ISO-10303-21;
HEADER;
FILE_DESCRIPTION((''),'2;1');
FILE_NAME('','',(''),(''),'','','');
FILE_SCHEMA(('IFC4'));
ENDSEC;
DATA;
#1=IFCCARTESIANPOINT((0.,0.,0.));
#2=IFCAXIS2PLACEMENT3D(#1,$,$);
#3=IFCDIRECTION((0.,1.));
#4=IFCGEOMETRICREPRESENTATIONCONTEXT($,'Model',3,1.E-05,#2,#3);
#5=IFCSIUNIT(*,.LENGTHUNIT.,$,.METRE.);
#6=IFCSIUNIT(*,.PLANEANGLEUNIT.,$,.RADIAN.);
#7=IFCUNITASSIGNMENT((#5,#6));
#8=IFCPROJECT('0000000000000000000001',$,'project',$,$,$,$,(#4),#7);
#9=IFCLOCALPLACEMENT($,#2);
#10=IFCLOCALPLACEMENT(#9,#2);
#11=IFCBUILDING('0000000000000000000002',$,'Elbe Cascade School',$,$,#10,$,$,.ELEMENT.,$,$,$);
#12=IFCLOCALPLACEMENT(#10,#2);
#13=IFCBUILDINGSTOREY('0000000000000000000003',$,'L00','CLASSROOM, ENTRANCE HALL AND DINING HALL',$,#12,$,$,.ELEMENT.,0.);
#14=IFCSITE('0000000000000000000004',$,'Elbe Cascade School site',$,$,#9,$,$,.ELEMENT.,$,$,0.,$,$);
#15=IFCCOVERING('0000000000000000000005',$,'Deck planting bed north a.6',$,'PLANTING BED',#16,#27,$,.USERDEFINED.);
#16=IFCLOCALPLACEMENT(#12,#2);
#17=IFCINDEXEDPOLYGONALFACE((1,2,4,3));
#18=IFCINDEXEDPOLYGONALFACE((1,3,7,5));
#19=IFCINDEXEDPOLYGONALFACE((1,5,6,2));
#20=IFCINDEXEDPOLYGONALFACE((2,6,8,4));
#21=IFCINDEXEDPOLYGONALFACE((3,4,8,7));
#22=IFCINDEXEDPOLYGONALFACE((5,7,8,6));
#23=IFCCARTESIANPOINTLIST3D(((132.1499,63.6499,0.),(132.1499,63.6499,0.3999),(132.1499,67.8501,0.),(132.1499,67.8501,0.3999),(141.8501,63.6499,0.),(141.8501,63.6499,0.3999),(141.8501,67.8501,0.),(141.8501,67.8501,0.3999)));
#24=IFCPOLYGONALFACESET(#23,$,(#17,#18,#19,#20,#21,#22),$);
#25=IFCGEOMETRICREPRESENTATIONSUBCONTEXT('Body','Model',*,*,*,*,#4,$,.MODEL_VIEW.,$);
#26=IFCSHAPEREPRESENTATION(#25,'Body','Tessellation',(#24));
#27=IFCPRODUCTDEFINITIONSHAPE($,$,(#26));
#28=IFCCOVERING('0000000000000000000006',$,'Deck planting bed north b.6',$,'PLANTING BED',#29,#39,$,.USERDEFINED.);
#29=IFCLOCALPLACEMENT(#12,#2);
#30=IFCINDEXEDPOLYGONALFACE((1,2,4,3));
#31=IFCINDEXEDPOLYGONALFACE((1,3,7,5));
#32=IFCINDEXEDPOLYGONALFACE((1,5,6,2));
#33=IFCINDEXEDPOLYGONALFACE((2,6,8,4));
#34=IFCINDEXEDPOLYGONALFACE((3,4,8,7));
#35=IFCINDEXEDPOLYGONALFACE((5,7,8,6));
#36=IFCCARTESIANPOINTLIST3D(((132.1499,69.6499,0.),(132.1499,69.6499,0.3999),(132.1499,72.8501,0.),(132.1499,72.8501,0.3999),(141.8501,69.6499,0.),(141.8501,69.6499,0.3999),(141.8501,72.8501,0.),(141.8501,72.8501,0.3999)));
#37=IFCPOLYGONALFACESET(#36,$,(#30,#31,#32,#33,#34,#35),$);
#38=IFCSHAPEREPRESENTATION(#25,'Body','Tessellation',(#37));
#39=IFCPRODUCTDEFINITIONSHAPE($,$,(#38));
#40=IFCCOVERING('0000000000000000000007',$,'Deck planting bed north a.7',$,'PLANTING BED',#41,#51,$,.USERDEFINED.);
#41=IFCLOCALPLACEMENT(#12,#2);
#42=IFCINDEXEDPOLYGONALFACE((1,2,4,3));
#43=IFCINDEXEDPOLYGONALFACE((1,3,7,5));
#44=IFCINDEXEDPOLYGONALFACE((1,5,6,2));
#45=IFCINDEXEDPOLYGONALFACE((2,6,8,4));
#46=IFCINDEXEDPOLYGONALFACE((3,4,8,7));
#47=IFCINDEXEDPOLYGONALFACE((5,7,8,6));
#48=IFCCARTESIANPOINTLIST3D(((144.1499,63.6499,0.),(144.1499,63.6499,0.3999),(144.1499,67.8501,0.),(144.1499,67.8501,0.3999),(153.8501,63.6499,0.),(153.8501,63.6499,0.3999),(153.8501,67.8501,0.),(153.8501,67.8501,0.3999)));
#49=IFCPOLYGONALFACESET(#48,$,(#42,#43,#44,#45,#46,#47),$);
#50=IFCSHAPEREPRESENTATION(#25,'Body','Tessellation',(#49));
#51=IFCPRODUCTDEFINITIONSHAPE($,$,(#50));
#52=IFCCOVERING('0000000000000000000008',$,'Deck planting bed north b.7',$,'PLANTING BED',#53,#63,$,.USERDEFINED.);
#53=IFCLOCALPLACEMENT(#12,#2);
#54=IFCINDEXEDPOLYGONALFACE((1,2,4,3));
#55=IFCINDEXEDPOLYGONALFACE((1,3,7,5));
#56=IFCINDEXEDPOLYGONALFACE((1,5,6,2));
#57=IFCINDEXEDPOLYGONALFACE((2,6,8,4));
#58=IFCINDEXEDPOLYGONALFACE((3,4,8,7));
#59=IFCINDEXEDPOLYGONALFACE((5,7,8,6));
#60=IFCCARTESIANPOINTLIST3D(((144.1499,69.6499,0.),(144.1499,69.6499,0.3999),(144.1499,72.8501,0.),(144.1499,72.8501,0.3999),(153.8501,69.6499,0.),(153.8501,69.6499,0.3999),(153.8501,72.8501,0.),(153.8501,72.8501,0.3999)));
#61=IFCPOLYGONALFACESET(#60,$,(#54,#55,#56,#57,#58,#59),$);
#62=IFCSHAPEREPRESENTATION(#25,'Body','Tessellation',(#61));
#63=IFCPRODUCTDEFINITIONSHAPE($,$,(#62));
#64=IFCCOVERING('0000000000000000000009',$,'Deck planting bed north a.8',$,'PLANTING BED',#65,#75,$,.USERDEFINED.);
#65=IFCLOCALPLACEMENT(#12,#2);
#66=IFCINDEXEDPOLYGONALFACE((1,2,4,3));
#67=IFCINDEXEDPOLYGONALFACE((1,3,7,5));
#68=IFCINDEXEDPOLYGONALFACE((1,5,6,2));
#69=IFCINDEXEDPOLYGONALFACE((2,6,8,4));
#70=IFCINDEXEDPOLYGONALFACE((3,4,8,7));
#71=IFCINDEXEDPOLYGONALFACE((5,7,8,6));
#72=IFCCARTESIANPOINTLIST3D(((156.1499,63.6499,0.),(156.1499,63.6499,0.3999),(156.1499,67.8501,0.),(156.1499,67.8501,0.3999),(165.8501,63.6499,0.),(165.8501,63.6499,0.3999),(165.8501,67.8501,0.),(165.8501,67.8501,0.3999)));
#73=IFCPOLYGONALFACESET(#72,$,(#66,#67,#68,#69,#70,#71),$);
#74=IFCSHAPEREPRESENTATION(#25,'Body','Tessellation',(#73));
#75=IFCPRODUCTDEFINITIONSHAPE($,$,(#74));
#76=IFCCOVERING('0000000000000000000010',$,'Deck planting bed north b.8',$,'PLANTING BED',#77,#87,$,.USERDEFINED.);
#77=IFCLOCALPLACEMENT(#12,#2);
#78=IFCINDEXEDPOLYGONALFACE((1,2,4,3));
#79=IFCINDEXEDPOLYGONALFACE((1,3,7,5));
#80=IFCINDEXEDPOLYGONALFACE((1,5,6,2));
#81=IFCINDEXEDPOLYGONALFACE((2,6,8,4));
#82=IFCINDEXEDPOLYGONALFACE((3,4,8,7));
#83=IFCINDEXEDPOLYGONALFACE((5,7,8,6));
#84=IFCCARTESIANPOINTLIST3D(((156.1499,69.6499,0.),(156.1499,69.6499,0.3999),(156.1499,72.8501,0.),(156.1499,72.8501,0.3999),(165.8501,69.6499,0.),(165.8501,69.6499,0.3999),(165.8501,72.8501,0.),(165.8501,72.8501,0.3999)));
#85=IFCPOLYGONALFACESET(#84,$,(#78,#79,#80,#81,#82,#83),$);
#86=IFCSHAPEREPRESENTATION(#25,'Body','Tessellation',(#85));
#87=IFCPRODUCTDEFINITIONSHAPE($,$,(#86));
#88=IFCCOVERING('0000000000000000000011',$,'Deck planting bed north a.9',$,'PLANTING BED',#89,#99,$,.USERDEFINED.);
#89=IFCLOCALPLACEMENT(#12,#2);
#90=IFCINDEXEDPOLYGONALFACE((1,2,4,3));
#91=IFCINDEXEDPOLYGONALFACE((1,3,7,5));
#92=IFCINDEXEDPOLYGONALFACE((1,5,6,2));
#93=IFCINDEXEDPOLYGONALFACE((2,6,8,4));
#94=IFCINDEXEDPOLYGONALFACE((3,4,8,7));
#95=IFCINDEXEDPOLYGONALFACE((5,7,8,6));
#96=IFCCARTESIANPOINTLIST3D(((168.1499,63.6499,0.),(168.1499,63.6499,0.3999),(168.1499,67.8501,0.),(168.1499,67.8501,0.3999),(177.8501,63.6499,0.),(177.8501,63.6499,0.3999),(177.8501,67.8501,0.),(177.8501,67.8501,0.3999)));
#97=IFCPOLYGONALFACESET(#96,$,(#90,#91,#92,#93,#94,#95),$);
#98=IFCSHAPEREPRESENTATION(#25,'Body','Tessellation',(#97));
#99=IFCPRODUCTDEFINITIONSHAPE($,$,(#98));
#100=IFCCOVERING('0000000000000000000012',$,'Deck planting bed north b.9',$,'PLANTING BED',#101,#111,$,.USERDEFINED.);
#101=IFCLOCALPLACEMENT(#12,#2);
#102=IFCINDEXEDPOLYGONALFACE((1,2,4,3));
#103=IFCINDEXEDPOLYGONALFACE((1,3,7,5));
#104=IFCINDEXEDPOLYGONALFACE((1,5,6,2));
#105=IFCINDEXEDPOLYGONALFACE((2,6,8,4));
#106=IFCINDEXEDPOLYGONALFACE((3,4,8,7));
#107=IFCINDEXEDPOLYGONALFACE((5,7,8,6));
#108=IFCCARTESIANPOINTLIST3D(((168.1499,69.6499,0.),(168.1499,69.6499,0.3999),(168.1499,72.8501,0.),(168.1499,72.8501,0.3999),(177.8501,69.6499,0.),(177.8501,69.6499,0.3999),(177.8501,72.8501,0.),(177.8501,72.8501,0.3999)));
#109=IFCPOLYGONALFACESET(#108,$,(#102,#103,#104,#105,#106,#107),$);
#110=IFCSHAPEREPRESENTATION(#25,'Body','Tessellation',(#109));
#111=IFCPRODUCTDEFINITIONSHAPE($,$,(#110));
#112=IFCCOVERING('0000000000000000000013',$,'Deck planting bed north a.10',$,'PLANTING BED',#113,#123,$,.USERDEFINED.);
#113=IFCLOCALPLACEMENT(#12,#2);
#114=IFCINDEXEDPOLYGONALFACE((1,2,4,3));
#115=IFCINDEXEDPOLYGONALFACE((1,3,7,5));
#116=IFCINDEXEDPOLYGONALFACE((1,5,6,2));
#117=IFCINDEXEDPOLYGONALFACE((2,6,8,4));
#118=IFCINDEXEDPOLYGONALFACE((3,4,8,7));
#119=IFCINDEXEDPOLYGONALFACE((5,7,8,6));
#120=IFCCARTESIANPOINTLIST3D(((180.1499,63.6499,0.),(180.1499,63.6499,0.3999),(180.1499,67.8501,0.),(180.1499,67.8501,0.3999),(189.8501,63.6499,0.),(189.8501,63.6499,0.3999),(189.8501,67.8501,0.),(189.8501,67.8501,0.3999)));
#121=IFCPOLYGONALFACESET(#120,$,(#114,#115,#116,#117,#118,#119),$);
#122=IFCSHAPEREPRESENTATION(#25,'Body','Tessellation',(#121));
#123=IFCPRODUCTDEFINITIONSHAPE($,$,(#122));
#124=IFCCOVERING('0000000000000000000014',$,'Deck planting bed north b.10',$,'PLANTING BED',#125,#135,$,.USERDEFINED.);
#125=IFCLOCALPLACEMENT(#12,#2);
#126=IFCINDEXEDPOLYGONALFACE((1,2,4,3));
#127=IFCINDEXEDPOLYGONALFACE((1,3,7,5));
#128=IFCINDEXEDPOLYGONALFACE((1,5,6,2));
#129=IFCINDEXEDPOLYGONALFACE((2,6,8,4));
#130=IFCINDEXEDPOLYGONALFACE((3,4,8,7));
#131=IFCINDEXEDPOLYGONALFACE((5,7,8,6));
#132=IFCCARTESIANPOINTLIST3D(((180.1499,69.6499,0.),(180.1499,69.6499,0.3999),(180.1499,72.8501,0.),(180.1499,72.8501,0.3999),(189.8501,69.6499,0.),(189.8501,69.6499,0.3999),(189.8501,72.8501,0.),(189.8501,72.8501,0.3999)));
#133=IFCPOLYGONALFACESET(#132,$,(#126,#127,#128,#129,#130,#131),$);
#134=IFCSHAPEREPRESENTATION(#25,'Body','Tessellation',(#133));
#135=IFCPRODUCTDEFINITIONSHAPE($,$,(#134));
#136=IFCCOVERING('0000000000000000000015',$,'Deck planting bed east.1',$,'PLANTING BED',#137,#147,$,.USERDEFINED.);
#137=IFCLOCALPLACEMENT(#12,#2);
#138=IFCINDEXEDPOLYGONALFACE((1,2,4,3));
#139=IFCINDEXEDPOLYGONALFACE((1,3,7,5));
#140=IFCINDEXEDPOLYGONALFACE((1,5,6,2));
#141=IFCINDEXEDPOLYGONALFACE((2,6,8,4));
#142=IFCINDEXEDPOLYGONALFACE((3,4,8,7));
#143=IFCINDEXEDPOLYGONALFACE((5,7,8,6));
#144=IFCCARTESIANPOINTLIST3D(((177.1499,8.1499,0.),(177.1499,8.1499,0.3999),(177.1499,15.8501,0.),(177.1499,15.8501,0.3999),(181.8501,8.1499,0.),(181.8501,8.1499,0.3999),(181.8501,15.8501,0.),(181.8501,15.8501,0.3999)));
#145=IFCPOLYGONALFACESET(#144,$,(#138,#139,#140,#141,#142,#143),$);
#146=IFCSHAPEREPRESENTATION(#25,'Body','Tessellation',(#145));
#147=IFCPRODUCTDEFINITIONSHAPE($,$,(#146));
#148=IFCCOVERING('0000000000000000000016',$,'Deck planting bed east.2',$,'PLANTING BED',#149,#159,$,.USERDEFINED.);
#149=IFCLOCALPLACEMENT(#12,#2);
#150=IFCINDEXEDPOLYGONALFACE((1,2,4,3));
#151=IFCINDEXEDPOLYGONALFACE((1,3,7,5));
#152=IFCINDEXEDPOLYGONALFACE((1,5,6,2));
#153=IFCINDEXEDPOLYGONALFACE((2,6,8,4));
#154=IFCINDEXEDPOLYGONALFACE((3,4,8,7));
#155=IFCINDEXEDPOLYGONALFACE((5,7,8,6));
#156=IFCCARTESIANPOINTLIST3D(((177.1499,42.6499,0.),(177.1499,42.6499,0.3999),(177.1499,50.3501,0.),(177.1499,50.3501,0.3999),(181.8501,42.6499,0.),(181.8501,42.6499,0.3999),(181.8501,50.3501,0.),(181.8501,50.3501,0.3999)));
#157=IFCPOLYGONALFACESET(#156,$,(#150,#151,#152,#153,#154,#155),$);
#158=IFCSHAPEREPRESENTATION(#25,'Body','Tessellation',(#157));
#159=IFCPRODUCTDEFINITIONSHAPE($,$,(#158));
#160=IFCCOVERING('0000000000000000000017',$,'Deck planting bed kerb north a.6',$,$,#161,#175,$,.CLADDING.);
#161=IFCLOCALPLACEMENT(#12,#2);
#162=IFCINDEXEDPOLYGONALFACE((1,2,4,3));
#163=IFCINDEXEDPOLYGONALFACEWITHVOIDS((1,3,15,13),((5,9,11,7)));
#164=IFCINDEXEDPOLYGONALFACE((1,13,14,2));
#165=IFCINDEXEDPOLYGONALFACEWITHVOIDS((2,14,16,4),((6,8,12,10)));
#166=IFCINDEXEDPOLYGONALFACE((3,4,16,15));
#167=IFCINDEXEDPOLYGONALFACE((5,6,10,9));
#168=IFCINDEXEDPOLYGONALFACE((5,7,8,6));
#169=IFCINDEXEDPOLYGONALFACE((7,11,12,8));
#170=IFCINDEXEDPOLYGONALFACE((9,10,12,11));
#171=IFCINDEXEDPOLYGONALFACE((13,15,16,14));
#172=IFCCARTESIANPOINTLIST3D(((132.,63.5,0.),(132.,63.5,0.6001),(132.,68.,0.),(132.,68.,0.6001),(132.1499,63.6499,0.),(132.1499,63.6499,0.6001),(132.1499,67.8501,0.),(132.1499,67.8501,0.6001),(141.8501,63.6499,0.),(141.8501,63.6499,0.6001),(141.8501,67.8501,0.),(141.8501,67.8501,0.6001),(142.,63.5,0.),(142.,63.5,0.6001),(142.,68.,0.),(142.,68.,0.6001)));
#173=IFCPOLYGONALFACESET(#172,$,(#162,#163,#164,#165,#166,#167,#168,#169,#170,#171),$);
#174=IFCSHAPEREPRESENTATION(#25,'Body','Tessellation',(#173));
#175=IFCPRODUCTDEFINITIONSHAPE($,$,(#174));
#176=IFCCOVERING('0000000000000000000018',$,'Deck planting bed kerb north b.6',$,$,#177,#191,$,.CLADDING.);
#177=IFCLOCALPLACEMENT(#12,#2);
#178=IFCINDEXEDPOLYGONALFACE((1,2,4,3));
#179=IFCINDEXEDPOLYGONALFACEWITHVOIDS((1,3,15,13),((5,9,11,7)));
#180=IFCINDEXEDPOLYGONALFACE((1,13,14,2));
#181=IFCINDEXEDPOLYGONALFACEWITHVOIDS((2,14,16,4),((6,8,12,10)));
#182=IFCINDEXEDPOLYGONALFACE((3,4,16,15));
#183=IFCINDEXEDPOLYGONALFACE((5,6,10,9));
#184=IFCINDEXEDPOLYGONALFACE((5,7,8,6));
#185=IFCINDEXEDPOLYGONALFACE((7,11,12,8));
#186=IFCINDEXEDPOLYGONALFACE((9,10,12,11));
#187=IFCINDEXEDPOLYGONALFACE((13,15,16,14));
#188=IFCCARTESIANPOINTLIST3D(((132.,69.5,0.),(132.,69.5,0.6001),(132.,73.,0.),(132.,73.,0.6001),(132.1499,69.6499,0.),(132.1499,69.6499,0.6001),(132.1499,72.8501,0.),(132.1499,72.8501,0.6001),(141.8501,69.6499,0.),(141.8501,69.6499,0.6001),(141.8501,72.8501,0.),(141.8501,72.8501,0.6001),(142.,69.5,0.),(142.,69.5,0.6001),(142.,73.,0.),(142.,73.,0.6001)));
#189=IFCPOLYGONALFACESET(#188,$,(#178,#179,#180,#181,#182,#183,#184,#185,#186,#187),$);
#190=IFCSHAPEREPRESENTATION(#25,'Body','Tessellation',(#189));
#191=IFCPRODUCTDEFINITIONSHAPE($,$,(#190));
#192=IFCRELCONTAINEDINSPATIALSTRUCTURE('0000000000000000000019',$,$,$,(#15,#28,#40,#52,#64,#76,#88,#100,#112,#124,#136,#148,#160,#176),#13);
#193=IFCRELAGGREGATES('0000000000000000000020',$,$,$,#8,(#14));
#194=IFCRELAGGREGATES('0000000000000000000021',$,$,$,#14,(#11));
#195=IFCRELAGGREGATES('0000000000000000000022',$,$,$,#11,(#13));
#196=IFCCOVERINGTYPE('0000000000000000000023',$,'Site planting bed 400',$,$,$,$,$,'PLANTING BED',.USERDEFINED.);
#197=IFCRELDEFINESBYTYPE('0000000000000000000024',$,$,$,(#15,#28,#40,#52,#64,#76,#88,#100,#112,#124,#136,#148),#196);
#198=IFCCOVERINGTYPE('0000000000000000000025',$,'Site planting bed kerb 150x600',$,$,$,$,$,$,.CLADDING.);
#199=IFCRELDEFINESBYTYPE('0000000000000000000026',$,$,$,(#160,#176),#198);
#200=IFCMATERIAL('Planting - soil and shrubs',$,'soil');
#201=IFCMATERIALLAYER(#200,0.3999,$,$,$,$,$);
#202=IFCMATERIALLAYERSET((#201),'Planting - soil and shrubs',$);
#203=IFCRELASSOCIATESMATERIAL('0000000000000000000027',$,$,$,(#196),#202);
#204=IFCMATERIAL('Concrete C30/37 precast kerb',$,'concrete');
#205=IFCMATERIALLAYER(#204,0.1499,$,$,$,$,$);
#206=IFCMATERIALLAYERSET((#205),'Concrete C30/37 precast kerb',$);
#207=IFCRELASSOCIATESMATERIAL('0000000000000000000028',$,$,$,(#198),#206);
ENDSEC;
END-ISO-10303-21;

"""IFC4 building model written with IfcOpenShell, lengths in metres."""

from ifc_helpers import new_model, si_unit, direction, origin, place, context, subcontext, project, spatial, polyline, outline, extrude, material, layer, layer_set, type_object, element, save


model = new_model("IFC4")

# Units and contexts
model_context = context("Model", 3, precision=1e-05, world=origin(), true_north=direction((0.0, 1.0)))
body_context = subcontext(model_context, "Body", "Model", "MODEL_VIEW")
ifc_project = project(units=[si_unit("LENGTHUNIT", "METRE"), si_unit("PLANEANGLEUNIT", "RADIAN")], contexts=[model_context])

# Site, building, storey
site_placement = place(None, origin())
site = spatial("IfcSite", under=ifc_project, at=site_placement, Name="Elbe Cascade School site", CompositionType="ELEMENT", RefElevation=0.0)
building_placement = place(site_placement, origin())
building = spatial("IfcBuilding", under=site, at=building_placement, Name="Elbe Cascade School", CompositionType="ELEMENT")
storey_placement = place(building_placement, origin())
storey = spatial("IfcBuildingStorey", under=building, at=storey_placement, Name="L00", Description="CLASSROOM, ENTRANCE HALL AND DINING HALL", CompositionType="ELEMENT", Elevation=0.0)

# Coverings
ifc_material_1 = material(Name="Planting - soil and shrubs", Category="soil")
ifc_layer_1 = layer(ifc_material_1, 0.3999)
ifc_layer_set_1 = layer_set([ifc_layer_1], Name="Planting - soil and shrubs")
covering_type_1 = type_object("IfcCoveringType", Name="Site planting bed 400", ElementType="PLANTING BED", PredefinedType="USERDEFINED", material=ifc_layer_set_1)
covering_1_placement = place(storey_placement, origin())
element("IfcCovering", 1, at=covering_1_placement, inside=storey, type_object=covering_type_1, Name="Deck planting bed north a.6", ObjectType="PLANTING BED", PredefinedType="USERDEFINED", context=body_context, shape_type="SweptSolid", body=[
    extrude(outline(polyline([(132.1499, 63.6499), (141.8501, 63.6499), (141.8501, 67.8501), (132.1499, 67.8501), (132.1499, 63.6499)])), origin(), (0.0, 0.0, 1.0), 0.3999),
])
covering_2_placement = place(storey_placement, origin())
element("IfcCovering", 2, at=covering_2_placement, inside=storey, type_object=covering_type_1, Name="Deck planting bed north b.6", ObjectType="PLANTING BED", PredefinedType="USERDEFINED", context=body_context, shape_type="SweptSolid", body=[
    extrude(outline(polyline([(132.1499, 69.6499), (141.8501, 69.6499), (141.8501, 72.8501), (132.1499, 72.8501), (132.1499, 69.6499)])), origin(), (0.0, 0.0, 1.0), 0.3999),
])
covering_3_placement = place(storey_placement, origin())
element("IfcCovering", 3, at=covering_3_placement, inside=storey, type_object=covering_type_1, Name="Deck planting bed north a.7", ObjectType="PLANTING BED", PredefinedType="USERDEFINED", context=body_context, shape_type="SweptSolid", body=[
    extrude(outline(polyline([(144.1499, 63.6499), (153.8501, 63.6499), (153.8501, 67.8501), (144.1499, 67.8501), (144.1499, 63.6499)])), origin(), (0.0, 0.0, 1.0), 0.3999),
])
covering_4_placement = place(storey_placement, origin())
element("IfcCovering", 4, at=covering_4_placement, inside=storey, type_object=covering_type_1, Name="Deck planting bed north b.7", ObjectType="PLANTING BED", PredefinedType="USERDEFINED", context=body_context, shape_type="SweptSolid", body=[
    extrude(outline(polyline([(144.1499, 69.6499), (153.8501, 69.6499), (153.8501, 72.8501), (144.1499, 72.8501), (144.1499, 69.6499)])), origin(), (0.0, 0.0, 1.0), 0.3999),
])
covering_5_placement = place(storey_placement, origin())
element("IfcCovering", 5, at=covering_5_placement, inside=storey, type_object=covering_type_1, Name="Deck planting bed north a.8", ObjectType="PLANTING BED", PredefinedType="USERDEFINED", context=body_context, shape_type="SweptSolid", body=[
    extrude(outline(polyline([(156.1499, 63.6499), (165.8501, 63.6499), (165.8501, 67.8501), (156.1499, 67.8501), (156.1499, 63.6499)])), origin(), (0.0, 0.0, 1.0), 0.3999),
])
covering_6_placement = place(storey_placement, origin())
element("IfcCovering", 6, at=covering_6_placement, inside=storey, type_object=covering_type_1, Name="Deck planting bed north b.8", ObjectType="PLANTING BED", PredefinedType="USERDEFINED", context=body_context, shape_type="SweptSolid", body=[
    extrude(outline(polyline([(156.1499, 69.6499), (165.8501, 69.6499), (165.8501, 72.8501), (156.1499, 72.8501), (156.1499, 69.6499)])), origin(), (0.0, 0.0, 1.0), 0.3999),
])
covering_7_placement = place(storey_placement, origin())
element("IfcCovering", 7, at=covering_7_placement, inside=storey, type_object=covering_type_1, Name="Deck planting bed north a.9", ObjectType="PLANTING BED", PredefinedType="USERDEFINED", context=body_context, shape_type="SweptSolid", body=[
    extrude(outline(polyline([(168.1499, 63.6499), (177.8501, 63.6499), (177.8501, 67.8501), (168.1499, 67.8501), (168.1499, 63.6499)])), origin(), (0.0, 0.0, 1.0), 0.3999),
])
covering_8_placement = place(storey_placement, origin())
element("IfcCovering", 8, at=covering_8_placement, inside=storey, type_object=covering_type_1, Name="Deck planting bed north b.9", ObjectType="PLANTING BED", PredefinedType="USERDEFINED", context=body_context, shape_type="SweptSolid", body=[
    extrude(outline(polyline([(168.1499, 69.6499), (177.8501, 69.6499), (177.8501, 72.8501), (168.1499, 72.8501), (168.1499, 69.6499)])), origin(), (0.0, 0.0, 1.0), 0.3999),
])
covering_9_placement = place(storey_placement, origin())
element("IfcCovering", 9, at=covering_9_placement, inside=storey, type_object=covering_type_1, Name="Deck planting bed north a.10", ObjectType="PLANTING BED", PredefinedType="USERDEFINED", context=body_context, shape_type="SweptSolid", body=[
    extrude(outline(polyline([(180.1499, 63.6499), (189.8501, 63.6499), (189.8501, 67.8501), (180.1499, 67.8501), (180.1499, 63.6499)])), origin(), (0.0, 0.0, 1.0), 0.3999),
])
covering_10_placement = place(storey_placement, origin())
element("IfcCovering", 10, at=covering_10_placement, inside=storey, type_object=covering_type_1, Name="Deck planting bed north b.10", ObjectType="PLANTING BED", PredefinedType="USERDEFINED", context=body_context, shape_type="SweptSolid", body=[
    extrude(outline(polyline([(180.1499, 69.6499), (189.8501, 69.6499), (189.8501, 72.8501), (180.1499, 72.8501), (180.1499, 69.6499)])), origin(), (0.0, 0.0, 1.0), 0.3999),
])
covering_11_placement = place(storey_placement, origin())
element("IfcCovering", 11, at=covering_11_placement, inside=storey, type_object=covering_type_1, Name="Deck planting bed east.1", ObjectType="PLANTING BED", PredefinedType="USERDEFINED", context=body_context, shape_type="SweptSolid", body=[
    extrude(outline(polyline([(177.1499, 8.1499), (181.8501, 8.1499), (181.8501, 15.8501), (177.1499, 15.8501), (177.1499, 8.1499)])), origin(), (0.0, 0.0, 1.0), 0.3999),
])
covering_12_placement = place(storey_placement, origin())
element("IfcCovering", 12, at=covering_12_placement, inside=storey, type_object=covering_type_1, Name="Deck planting bed east.2", ObjectType="PLANTING BED", PredefinedType="USERDEFINED", context=body_context, shape_type="SweptSolid", body=[
    extrude(outline(polyline([(177.1499, 42.6499), (181.8501, 42.6499), (181.8501, 50.3501), (177.1499, 50.3501), (177.1499, 42.6499)])), origin(), (0.0, 0.0, 1.0), 0.3999),
])
ifc_material_2 = material(Name="Concrete C30/37 precast kerb", Category="concrete")
ifc_layer_2 = layer(ifc_material_2, 0.1499)
ifc_layer_set_2 = layer_set([ifc_layer_2], Name="Concrete C30/37 precast kerb")
covering_type_2 = type_object("IfcCoveringType", Name="Site planting bed kerb 150x600", PredefinedType="CLADDING", material=ifc_layer_set_2)
covering_13_placement = place(storey_placement, origin())
element("IfcCovering", 13, at=covering_13_placement, inside=storey, type_object=covering_type_2, Name="Deck planting bed kerb north a.6", PredefinedType="CLADDING", context=body_context, shape_type="SweptSolid", body=[
    extrude(outline(polyline([(132.0, 63.5), (142.0, 63.5), (142.0, 68.0), (132.0, 68.0), (132.0, 63.5)]), holes=[polyline([(132.1499, 63.6499), (141.8501, 63.6499), (141.8501, 67.8501), (132.1499, 67.8501), (132.1499, 63.6499)])]), origin(), (0.0, 0.0, 1.0), 0.6001),
])
covering_14_placement = place(storey_placement, origin())
element("IfcCovering", 14, at=covering_14_placement, inside=storey, type_object=covering_type_2, Name="Deck planting bed kerb north b.6", PredefinedType="CLADDING", context=body_context, shape_type="SweptSolid", body=[
    extrude(outline(polyline([(132.0, 69.5), (142.0, 69.5), (142.0, 73.0), (132.0, 73.0), (132.0, 69.5)]), holes=[polyline([(132.1499, 69.6499), (141.8501, 69.6499), (141.8501, 72.8501), (132.1499, 72.8501), (132.1499, 69.6499)])]), origin(), (0.0, 0.0, 1.0), 0.6001),
])

save(model, "model.ifc")
